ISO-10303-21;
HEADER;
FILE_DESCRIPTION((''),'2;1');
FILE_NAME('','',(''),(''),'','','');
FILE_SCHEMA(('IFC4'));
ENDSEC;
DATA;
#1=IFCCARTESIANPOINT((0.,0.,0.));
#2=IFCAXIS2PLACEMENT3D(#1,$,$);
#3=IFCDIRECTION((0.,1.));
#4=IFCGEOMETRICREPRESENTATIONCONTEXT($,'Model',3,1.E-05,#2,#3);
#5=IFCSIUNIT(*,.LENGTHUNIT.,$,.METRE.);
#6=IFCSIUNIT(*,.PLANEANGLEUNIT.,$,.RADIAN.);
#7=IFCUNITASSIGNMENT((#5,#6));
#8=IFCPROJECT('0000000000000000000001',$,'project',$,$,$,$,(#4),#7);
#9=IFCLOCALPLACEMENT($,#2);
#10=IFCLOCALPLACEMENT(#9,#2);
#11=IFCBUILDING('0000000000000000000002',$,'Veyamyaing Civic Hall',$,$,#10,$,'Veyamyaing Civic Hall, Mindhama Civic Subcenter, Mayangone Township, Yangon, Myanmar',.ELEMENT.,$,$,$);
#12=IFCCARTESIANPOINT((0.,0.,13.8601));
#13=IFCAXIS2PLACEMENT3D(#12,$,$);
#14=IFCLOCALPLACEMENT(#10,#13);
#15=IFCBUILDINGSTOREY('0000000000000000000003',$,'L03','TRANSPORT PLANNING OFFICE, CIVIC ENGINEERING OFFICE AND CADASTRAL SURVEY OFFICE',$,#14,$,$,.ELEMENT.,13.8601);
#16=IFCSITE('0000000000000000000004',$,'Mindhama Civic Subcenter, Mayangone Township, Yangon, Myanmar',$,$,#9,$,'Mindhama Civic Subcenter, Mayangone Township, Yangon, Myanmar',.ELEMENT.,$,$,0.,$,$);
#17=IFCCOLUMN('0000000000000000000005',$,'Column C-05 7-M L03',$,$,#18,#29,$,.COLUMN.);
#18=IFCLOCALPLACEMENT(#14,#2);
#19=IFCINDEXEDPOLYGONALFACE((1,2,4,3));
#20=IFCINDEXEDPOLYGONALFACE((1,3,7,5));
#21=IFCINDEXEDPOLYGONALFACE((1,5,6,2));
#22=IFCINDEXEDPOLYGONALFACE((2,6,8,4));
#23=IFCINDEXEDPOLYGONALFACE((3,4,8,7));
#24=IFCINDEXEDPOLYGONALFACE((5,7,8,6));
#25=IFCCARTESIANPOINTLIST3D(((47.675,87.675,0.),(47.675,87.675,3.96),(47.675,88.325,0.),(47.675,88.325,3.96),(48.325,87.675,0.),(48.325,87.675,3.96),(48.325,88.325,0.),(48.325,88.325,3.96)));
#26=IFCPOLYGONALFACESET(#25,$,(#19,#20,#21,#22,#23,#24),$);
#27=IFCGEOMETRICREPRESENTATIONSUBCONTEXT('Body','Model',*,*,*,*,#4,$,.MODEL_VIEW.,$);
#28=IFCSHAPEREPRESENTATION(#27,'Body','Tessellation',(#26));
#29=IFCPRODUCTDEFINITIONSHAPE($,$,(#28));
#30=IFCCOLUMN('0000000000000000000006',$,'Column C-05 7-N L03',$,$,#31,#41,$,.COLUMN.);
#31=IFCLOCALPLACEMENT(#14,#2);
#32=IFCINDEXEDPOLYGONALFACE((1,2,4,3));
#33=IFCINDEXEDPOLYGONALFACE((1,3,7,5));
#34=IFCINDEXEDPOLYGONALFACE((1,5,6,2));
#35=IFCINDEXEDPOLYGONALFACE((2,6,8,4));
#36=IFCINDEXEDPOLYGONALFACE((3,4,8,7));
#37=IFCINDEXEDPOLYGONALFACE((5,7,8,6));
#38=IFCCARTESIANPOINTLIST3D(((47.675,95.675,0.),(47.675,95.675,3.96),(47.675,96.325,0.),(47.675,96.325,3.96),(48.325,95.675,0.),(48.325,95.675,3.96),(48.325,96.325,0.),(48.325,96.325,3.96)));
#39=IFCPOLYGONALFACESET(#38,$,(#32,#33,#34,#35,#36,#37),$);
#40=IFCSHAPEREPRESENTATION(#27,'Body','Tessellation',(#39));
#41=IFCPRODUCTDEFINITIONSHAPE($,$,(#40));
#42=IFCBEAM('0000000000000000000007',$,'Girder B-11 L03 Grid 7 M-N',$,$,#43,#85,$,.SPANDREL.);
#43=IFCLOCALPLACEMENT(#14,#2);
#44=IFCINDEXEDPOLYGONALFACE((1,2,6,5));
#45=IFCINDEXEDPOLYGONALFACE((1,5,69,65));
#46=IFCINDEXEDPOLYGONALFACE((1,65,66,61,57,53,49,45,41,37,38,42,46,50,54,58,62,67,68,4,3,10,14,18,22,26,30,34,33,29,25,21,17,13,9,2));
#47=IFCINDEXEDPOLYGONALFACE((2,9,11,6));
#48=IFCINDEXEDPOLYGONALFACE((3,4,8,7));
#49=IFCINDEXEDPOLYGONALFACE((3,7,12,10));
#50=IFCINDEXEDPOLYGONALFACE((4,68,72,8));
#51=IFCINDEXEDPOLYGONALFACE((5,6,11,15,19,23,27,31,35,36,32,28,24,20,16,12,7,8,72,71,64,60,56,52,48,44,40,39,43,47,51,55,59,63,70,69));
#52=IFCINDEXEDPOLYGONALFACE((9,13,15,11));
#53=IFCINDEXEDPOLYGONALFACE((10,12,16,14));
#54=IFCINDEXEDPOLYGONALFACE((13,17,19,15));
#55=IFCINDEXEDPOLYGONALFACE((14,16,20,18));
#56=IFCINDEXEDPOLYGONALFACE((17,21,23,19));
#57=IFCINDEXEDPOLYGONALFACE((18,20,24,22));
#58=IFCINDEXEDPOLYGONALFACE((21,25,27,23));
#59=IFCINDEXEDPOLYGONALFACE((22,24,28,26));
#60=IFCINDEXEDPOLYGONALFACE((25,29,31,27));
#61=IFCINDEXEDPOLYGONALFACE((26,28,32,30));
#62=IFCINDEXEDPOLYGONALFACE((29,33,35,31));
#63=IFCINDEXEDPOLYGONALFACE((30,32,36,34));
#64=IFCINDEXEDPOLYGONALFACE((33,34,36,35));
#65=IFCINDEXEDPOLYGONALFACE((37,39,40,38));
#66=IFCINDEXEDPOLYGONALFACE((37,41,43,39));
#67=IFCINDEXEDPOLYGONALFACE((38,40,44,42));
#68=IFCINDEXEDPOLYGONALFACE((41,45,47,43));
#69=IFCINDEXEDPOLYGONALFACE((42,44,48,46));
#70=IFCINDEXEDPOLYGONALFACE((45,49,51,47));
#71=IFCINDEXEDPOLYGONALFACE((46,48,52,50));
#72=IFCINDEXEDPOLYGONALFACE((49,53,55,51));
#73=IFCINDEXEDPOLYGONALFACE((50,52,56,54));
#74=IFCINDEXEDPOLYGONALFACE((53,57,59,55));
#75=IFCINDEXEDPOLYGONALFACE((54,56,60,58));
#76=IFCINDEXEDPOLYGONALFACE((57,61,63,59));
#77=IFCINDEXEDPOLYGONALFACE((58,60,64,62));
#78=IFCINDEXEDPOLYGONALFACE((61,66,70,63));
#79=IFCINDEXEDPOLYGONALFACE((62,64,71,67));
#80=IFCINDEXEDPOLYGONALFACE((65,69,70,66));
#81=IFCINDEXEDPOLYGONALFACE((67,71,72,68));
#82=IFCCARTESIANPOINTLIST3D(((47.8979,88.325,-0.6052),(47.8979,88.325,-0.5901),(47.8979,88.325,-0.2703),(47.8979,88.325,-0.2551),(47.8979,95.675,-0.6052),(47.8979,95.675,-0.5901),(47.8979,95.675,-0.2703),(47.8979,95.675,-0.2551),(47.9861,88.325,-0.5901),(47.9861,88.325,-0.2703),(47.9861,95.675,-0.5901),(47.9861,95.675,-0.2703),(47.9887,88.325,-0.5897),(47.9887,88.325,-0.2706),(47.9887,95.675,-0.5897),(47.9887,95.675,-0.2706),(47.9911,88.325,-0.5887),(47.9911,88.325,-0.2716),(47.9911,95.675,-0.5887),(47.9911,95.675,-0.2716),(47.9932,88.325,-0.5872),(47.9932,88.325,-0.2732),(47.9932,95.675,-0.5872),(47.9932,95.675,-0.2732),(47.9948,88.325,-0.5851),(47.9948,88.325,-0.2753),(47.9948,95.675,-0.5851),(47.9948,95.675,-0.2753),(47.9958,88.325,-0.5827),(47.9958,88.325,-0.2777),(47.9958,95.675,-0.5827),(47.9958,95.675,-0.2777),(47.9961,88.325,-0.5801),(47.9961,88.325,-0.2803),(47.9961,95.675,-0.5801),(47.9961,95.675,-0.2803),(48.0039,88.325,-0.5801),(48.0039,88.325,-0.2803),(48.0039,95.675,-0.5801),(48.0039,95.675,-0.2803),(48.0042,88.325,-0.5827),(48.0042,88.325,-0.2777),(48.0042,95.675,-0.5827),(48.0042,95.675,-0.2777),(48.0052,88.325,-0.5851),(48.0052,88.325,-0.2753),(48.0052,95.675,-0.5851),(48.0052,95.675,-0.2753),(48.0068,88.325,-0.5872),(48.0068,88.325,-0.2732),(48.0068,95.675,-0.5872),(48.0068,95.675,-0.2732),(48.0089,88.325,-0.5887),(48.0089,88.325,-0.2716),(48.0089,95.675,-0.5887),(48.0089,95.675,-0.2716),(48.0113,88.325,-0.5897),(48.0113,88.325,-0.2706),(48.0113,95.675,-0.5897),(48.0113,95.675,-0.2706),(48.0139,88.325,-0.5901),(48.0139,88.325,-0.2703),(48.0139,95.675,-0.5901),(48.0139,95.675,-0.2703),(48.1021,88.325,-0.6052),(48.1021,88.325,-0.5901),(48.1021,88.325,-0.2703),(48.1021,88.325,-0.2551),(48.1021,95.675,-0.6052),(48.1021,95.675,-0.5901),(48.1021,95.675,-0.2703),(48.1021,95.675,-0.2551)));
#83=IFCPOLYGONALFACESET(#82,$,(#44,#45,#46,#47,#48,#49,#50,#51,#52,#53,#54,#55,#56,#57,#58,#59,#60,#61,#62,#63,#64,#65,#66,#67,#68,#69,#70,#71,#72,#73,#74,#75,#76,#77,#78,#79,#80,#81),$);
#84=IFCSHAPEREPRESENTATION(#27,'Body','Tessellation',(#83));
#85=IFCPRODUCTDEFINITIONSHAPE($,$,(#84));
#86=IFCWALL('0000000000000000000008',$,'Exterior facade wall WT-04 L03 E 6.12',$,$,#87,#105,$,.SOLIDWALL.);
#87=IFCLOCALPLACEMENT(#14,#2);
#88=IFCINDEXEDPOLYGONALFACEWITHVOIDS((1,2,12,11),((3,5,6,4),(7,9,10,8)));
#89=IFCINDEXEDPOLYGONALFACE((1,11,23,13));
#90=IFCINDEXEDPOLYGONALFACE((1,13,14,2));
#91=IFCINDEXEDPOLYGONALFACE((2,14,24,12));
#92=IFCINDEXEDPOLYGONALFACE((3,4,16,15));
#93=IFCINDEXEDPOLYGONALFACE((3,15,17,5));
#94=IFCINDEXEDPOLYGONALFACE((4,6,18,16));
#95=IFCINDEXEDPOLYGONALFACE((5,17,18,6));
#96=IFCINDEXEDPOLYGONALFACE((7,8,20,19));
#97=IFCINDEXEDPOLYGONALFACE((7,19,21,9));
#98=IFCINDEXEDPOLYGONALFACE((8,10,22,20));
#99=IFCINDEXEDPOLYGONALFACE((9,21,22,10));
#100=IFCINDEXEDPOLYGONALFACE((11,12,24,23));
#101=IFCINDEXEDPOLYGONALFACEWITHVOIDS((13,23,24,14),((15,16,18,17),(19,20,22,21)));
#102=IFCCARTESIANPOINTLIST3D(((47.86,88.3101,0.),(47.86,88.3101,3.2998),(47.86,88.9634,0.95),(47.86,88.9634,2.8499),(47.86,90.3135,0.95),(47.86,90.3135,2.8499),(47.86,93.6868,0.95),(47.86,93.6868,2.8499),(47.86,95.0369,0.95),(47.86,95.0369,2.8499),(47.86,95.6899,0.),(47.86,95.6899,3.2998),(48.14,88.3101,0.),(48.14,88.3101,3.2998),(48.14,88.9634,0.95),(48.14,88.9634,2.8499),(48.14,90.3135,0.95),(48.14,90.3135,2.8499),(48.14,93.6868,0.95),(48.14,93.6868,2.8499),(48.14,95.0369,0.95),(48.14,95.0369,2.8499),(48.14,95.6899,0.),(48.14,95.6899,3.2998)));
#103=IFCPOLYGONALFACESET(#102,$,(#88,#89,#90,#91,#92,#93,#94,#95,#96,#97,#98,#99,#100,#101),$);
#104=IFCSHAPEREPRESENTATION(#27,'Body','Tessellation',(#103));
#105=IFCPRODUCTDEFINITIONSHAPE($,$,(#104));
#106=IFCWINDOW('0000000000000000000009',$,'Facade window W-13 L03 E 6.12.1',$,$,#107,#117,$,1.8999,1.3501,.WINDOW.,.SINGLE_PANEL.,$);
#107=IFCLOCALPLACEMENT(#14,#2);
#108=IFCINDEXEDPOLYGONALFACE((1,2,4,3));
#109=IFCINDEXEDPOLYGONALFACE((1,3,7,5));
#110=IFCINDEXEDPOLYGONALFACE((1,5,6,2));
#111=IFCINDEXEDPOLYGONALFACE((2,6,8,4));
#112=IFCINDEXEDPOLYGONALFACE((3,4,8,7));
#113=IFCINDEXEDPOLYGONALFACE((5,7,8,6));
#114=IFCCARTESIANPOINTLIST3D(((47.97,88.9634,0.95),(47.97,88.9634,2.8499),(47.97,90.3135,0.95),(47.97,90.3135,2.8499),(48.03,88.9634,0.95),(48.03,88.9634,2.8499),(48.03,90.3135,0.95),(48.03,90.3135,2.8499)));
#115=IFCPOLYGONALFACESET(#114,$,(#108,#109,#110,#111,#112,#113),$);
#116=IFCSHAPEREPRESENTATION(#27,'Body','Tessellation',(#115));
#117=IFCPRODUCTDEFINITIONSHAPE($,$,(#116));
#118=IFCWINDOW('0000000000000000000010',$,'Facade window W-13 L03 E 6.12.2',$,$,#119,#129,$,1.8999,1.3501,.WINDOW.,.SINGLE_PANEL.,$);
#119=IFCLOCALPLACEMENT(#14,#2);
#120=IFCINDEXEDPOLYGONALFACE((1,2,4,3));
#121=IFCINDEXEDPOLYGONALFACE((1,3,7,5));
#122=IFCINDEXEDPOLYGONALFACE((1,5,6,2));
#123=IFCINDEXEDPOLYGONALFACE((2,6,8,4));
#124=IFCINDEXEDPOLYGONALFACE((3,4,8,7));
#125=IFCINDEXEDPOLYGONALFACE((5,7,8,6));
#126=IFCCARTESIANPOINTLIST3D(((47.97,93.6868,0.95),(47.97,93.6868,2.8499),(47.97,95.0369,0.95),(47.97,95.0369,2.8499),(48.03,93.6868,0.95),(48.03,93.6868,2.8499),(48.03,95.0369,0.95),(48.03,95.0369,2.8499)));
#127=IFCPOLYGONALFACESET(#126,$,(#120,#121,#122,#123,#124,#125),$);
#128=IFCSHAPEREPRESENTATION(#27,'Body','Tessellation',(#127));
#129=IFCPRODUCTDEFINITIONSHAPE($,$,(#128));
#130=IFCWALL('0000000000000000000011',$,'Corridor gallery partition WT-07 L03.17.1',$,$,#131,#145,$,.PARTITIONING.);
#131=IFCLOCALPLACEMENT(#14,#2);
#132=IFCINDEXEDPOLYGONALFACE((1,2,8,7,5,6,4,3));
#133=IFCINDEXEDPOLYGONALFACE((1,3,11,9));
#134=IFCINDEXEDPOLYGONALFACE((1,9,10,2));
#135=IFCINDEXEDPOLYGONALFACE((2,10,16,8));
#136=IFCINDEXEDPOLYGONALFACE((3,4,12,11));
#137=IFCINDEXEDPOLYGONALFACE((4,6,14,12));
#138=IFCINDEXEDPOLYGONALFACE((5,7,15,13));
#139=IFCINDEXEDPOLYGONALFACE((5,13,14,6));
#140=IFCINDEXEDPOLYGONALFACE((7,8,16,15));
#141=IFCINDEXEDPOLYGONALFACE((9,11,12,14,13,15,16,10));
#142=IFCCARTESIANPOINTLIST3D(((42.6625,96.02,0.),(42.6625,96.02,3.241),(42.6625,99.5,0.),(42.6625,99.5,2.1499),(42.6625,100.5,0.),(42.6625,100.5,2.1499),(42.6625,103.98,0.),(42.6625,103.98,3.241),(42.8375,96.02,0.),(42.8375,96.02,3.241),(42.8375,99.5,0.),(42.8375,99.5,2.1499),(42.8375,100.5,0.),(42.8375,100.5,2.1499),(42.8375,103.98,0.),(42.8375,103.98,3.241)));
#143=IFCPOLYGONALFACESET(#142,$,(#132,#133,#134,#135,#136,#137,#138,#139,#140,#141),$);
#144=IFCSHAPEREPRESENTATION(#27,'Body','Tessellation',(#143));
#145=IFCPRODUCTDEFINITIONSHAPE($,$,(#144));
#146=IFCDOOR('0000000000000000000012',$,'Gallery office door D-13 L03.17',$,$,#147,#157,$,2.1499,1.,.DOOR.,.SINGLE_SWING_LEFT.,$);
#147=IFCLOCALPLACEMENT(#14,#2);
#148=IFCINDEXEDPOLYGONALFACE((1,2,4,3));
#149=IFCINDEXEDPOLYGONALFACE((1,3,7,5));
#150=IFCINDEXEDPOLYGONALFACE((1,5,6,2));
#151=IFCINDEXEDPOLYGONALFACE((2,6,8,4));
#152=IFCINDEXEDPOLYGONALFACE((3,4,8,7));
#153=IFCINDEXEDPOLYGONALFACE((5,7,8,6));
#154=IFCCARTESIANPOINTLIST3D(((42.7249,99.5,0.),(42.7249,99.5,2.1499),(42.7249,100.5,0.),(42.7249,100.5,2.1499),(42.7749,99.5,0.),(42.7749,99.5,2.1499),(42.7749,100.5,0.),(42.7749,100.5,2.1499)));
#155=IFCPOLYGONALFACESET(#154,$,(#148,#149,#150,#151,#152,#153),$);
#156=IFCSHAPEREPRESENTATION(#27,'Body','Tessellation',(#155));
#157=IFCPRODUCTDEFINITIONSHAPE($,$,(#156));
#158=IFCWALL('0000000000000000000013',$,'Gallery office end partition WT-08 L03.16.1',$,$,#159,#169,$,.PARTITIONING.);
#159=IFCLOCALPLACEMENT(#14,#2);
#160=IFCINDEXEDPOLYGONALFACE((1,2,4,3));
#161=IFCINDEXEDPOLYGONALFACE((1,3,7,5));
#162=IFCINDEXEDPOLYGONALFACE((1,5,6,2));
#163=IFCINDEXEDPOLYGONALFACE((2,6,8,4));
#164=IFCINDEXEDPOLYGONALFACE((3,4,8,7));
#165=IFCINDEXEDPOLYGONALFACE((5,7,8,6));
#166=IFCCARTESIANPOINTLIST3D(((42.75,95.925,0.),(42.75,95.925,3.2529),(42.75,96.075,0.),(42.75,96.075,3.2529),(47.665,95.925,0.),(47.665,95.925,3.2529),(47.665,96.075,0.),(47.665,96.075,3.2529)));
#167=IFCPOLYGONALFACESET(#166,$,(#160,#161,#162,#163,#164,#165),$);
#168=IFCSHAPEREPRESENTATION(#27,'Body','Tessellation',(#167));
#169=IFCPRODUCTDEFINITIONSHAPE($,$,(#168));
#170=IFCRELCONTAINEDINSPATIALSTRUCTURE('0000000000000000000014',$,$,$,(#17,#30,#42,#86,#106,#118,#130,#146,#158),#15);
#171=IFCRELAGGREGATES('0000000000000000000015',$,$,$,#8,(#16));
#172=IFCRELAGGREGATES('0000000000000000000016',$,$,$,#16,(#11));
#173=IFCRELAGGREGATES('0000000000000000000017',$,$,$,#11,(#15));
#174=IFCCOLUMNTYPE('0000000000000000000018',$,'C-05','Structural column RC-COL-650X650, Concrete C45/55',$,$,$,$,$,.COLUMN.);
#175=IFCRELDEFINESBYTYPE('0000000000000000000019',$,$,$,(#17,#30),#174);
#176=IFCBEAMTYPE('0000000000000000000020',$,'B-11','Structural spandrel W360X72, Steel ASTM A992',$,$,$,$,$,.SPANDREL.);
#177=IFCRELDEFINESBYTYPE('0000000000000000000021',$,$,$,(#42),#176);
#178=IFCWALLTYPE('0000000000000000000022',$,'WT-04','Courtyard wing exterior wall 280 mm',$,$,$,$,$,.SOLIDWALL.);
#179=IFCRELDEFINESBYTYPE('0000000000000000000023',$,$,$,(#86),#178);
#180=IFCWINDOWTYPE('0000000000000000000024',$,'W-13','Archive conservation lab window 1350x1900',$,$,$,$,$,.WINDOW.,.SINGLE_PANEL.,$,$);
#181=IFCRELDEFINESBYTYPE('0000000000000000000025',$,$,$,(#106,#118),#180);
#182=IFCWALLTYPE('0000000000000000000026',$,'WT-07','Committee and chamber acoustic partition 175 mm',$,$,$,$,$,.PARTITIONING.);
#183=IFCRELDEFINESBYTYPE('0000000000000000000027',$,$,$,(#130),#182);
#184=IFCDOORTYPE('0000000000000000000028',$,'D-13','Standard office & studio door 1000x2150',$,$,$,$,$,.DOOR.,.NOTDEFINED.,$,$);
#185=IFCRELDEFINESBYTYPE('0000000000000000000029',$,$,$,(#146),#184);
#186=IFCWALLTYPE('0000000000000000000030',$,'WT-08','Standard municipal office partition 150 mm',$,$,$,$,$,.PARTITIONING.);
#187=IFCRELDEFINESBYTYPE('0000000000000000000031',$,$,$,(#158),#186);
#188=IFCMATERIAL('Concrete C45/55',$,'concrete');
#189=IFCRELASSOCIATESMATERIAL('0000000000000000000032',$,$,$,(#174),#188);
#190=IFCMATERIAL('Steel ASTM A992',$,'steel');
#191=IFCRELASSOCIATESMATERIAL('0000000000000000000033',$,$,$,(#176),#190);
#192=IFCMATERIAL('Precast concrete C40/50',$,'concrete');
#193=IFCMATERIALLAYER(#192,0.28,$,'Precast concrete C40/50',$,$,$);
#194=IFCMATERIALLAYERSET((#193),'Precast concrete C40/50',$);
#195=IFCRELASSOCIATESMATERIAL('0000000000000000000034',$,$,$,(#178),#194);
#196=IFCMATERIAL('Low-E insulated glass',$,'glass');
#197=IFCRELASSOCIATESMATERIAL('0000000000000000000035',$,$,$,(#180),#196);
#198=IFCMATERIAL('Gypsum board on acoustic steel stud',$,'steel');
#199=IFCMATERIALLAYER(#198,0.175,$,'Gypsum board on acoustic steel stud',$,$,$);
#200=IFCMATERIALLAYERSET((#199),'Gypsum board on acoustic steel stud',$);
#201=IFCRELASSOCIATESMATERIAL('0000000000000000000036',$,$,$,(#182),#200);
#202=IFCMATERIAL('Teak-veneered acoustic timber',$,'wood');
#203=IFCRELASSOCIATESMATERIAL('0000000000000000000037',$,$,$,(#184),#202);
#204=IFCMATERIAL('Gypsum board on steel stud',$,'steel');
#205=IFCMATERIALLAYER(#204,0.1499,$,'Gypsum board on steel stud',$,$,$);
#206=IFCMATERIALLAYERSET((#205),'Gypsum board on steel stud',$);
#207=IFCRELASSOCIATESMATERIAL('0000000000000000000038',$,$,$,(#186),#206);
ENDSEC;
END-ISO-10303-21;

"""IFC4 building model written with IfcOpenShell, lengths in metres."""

from ifc_helpers import new_model, si_unit, direction, frame, frame_2d, origin, origin_2d, place, context, subcontext, project, spatial, rectangle, i_section, extrude, material, layer, layer_set, material_profile, profile_set, type_object, element, fill, save


model = new_model("IFC4")

# Units and contexts
model_context = context("Model", 3, precision=1e-05, world=origin(), true_north=direction((0.0, 1.0)))
body_context = subcontext(model_context, "Body", "Model", "MODEL_VIEW")
ifc_project = project(units=[si_unit("LENGTHUNIT", "METRE"), si_unit("PLANEANGLEUNIT", "RADIAN")], contexts=[model_context])

# Site, building, storey
site_placement = place(None, origin())
site = spatial("IfcSite", under=ifc_project, at=site_placement, Name="Mindhama Civic Subcenter, Mayangone Township, Yangon, Myanmar", LongName="Mindhama Civic Subcenter, Mayangone Township, Yangon, Myanmar", CompositionType="ELEMENT", RefElevation=0.0)
building_placement = place(site_placement, origin())
building = spatial("IfcBuilding", under=site, at=building_placement, Name="Veyamyaing Civic Hall", LongName="Veyamyaing Civic Hall, Mindhama Civic Subcenter, Mayangone Township, Yangon, Myanmar", CompositionType="ELEMENT")
storey_placement = place(building_placement, frame((0.0, 0.0, 13.8601)))
storey = spatial("IfcBuildingStorey", under=building, at=storey_placement, Name="L03", Description="TRANSPORT PLANNING OFFICE, CIVIC ENGINEERING OFFICE AND CADASTRAL SURVEY OFFICE", CompositionType="ELEMENT", Elevation=13.8601)

# Columns
ifc_material_1 = material(Name="Concrete C45/55", Category="concrete")
ifc_material_profile_1 = material_profile(ifc_material_1, rectangle(XDim=0.6499, YDim=0.6499, at=origin_2d()), Name="RC-COL-650X650")
ifc_profile_set_1 = profile_set([ifc_material_profile_1], Name="Concrete C45/55")
column_type = type_object("IfcColumnType", Name="C-05", Description="Structural column RC-COL-650X650, Concrete C45/55", PredefinedType="COLUMN", material=ifc_profile_set_1)
for number, where, z_axis, x_axis, name in (
    (1, (48.0, 88.0, 0.0), (0.0, 0.0, 1.0), (1.0, 0.0, 0.0), "Column C-05 7-M L03"),
    (2, (48.0, 96.0, 0.0), (0.0, 0.0, 1.0), (1.0, 0.0, 0.0), "Column C-05 7-N L03"),
):
    element("IfcColumn", number, at=place(storey_placement, frame(where, z_axis=z_axis, x_axis=x_axis)), inside=storey, type_object=column_type, Name=name, PredefinedType="COLUMN", context=body_context, shape_type="SweptSolid", body=[
        extrude(rectangle(XDim=0.6499, YDim=0.6499, at=origin_2d()), origin(), (0.0, 0.0, 1.0), 3.96),
    ])

# Beam
ifc_material_2 = material(Name="Steel ASTM A992", Category="steel")
ifc_material_profile_2 = material_profile(ifc_material_2, i_section(OverallWidth=0.2041, OverallDepth=0.3501, WebThickness=0.0078, FlangeThickness=0.0151, FilletRadius=0.01, at=origin_2d()), Name="W360X72")
ifc_profile_set_2 = profile_set([ifc_material_profile_2], Name="Steel ASTM A992")
beam_type = type_object("IfcBeamType", Name="B-11", Description="Structural spandrel W360X72, Steel ASTM A992", PredefinedType="SPANDREL", material=ifc_profile_set_2)
beam_placement = place(storey_placement, frame((48.0, 88.325, -0.4302), z_axis=(0.0, 1.0, 0.0), x_axis=(-1.0, 0.0, 0.0)))
element("IfcBeam", 3, at=beam_placement, inside=storey, type_object=beam_type, Name="Girder B-11 L03 Grid 7 M-N", PredefinedType="SPANDREL", context=body_context, shape_type="SweptSolid", body=[
    extrude(i_section(OverallWidth=0.2041, OverallDepth=0.3501, WebThickness=0.0078, FlangeThickness=0.0151, FilletRadius=0.01, at=origin_2d()), origin(), (0.0, 0.0, 1.0), 7.3501),
])

# Wall, openings, windows
ifc_material_3 = material(Name="Precast concrete C40/50", Category="concrete")
ifc_layer_1 = layer(ifc_material_3, 0.28, Name="Precast concrete C40/50")
ifc_layer_set_1 = layer_set([ifc_layer_1], Name="Precast concrete C40/50")
wall_type_1 = type_object("IfcWallType", Name="WT-04", Description="Courtyard wing exterior wall 280 mm", PredefinedType="SOLIDWALL", material=ifc_layer_set_1)
wall_1_placement = place(storey_placement, frame((48.0, 88.3101, 0.0), z_axis=(0.0, 0.0, 1.0), x_axis=(0.0, 1.0, 0.0)))
wall_1 = element("IfcWall", 4, at=wall_1_placement, inside=storey, type_object=wall_type_1, Name="Exterior facade wall WT-04 L03 E 6.12", PredefinedType="SOLIDWALL", context=body_context, shape_type="SweptSolid", body=[
    extrude(rectangle(XDim=7.3799, YDim=0.28, at=frame_2d((3.6899, 0.0))), origin(), (0.0, 0.0, 1.0), 3.2998),
])
opening_1_placement = place(wall_1_placement, frame((0.6533, 0.0, 0.95)))
opening_1 = element("IfcOpeningElement", 5, at=opening_1_placement, cuts=wall_1, PredefinedType="OPENING", context=body_context, shape_type="SweptSolid", body=[
    extrude(rectangle(XDim=1.3501, YDim=1.8999, at=frame_2d((0.675, 0.95))), frame((0.0, 0.1499, 0.0), z_axis=(0.0, -1.0, 0.0), x_axis=(1.0, 0.0, 0.0)), (0.0, 0.0, 1.0), 0.3),
])
opening_2_placement = place(wall_1_placement, frame((5.3767, 0.0, 0.95)))
opening_2 = element("IfcOpeningElement", 6, at=opening_2_placement, cuts=wall_1, PredefinedType="OPENING", context=body_context, shape_type="SweptSolid", body=[
    extrude(rectangle(XDim=1.3501, YDim=1.8999, at=frame_2d((0.675, 0.95))), frame((0.0, 0.1499, 0.0), z_axis=(0.0, -1.0, 0.0), x_axis=(1.0, 0.0, 0.0)), (0.0, 0.0, 1.0), 0.3),
])
ifc_material_4 = material(Name="Low-E insulated glass", Category="glass")
window_type = type_object("IfcWindowType", Name="W-13", Description="Archive conservation lab window 1350x1900", PartitioningType="SINGLE_PANEL", PredefinedType="WINDOW", material=ifc_material_4)
window_1_placement = place(opening_1_placement, origin())
window_1 = element("IfcWindow", 7, at=window_1_placement, inside=storey, type_object=window_type, Name="Facade window W-13 L03 E 6.12.1", OverallHeight=1.8999, OverallWidth=1.3501, PartitioningType="SINGLE_PANEL", PredefinedType="WINDOW", context=body_context, shape_type="SweptSolid", body=[
    extrude(rectangle(XDim=1.3501, YDim=1.8999, at=frame_2d((0.675, 0.95))), frame((0.0, 0.03, 0.0), z_axis=(0.0, -1.0, 0.0), x_axis=(1.0, 0.0, 0.0)), (0.0, 0.0, 1.0), 0.0601),
])
fill(opening_1, window_1)
window_2_placement = place(opening_2_placement, origin())
window_2 = element("IfcWindow", 8, at=window_2_placement, inside=storey, type_object=window_type, Name="Facade window W-13 L03 E 6.12.2", OverallHeight=1.8999, OverallWidth=1.3501, PartitioningType="SINGLE_PANEL", PredefinedType="WINDOW", context=body_context, shape_type="SweptSolid", body=[
    extrude(rectangle(XDim=1.3501, YDim=1.8999, at=frame_2d((0.675, 0.95))), frame((0.0, 0.03, 0.0), z_axis=(0.0, -1.0, 0.0), x_axis=(1.0, 0.0, 0.0)), (0.0, 0.0, 1.0), 0.0601),
])
fill(opening_2, window_2)

# Wall, opening, door
ifc_material_5 = material(Name="Gypsum board on acoustic steel stud", Category="steel")
ifc_layer_2 = layer(ifc_material_5, 0.175, Name="Gypsum board on acoustic steel stud")
ifc_layer_set_2 = layer_set([ifc_layer_2], Name="Gypsum board on acoustic steel stud")
wall_type_2 = type_object("IfcWallType", Name="WT-07", Description="Committee and chamber acoustic partition 175 mm", PredefinedType="PARTITIONING", material=ifc_layer_set_2)
wall_2_placement = place(storey_placement, frame((42.75, 96.02, 0.0), z_axis=(0.0, 0.0, 1.0), x_axis=(0.0, 1.0, 0.0)))
wall_2 = element("IfcWall", 9, at=wall_2_placement, inside=storey, type_object=wall_type_2, Name="Corridor gallery partition WT-07 L03.17.1", PredefinedType="PARTITIONING", context=body_context, shape_type="SweptSolid", body=[
    extrude(rectangle(XDim=7.96, YDim=0.175, at=frame_2d((3.98, 0.0))), origin(), (0.0, 0.0, 1.0), 3.241),
])
opening_3_placement = place(wall_2_placement, frame((3.48, 0.0, 0.0)))
opening_3 = element("IfcOpeningElement", 10, at=opening_3_placement, cuts=wall_2, PredefinedType="OPENING", context=body_context, shape_type="SweptSolid", body=[
    extrude(rectangle(XDim=1.0, YDim=2.1499, at=frame_2d((0.5, 1.075))), frame((0.0, 0.0974, 0.0), z_axis=(0.0, -1.0, 0.0), x_axis=(1.0, 0.0, 0.0)), (0.0, 0.0, 1.0), 0.1951),
])
ifc_material_6 = material(Name="Teak-veneered acoustic timber", Category="wood")
door_type_1 = type_object("IfcDoorType", Name="D-13", Description="Standard office & studio door 1000x2150", OperationType="NOTDEFINED", PredefinedType="DOOR", material=ifc_material_6)
door_1_placement = place(opening_3_placement, frame((1.0, 0.0, 0.0), z_axis=(0.0, 0.0, 1.0), x_axis=(-1.0, 0.0, 0.0)))
door_1 = element("IfcDoor", 11, at=door_1_placement, inside=storey, type_object=door_type_1, Name="Gallery office door D-13 L03.17", OperationType="SINGLE_SWING_LEFT", OverallHeight=2.1499, OverallWidth=1.0, PredefinedType="DOOR", context=body_context, shape_type="SweptSolid", body=[
    extrude(rectangle(XDim=1.0, YDim=2.1499, at=frame_2d((0.5, 1.075))), frame((0.0, 0.0249, 0.0), z_axis=(0.0, -1.0, 0.0), x_axis=(1.0, 0.0, 0.0)), (0.0, 0.0, 1.0), 0.05),
])
fill(opening_3, door_1)

# Wall
ifc_material_7 = material(Name="Gypsum board on steel stud", Category="steel")
ifc_layer_3 = layer(ifc_material_7, 0.1499, Name="Gypsum board on steel stud")
ifc_layer_set_3 = layer_set([ifc_layer_3], Name="Gypsum board on steel stud")
wall_type_3 = type_object("IfcWallType", Name="WT-08", Description="Standard municipal office partition 150 mm", PredefinedType="PARTITIONING", material=ifc_layer_set_3)
wall_3_placement = place(storey_placement, frame((42.75, 96.0, 0.0), z_axis=(0.0, 0.0, 1.0), x_axis=(1.0, 0.0, 0.0)))
element("IfcWall", 12, at=wall_3_placement, inside=storey, type_object=wall_type_3, Name="Gallery office end partition WT-08 L03.16.1", PredefinedType="PARTITIONING", context=body_context, shape_type="SweptSolid", body=[
    extrude(rectangle(XDim=4.915, YDim=0.1499, at=frame_2d((2.4575, 0.0))), origin(), (0.0, 0.0, 1.0), 3.2529),
])

save(model, "model.ifc")
